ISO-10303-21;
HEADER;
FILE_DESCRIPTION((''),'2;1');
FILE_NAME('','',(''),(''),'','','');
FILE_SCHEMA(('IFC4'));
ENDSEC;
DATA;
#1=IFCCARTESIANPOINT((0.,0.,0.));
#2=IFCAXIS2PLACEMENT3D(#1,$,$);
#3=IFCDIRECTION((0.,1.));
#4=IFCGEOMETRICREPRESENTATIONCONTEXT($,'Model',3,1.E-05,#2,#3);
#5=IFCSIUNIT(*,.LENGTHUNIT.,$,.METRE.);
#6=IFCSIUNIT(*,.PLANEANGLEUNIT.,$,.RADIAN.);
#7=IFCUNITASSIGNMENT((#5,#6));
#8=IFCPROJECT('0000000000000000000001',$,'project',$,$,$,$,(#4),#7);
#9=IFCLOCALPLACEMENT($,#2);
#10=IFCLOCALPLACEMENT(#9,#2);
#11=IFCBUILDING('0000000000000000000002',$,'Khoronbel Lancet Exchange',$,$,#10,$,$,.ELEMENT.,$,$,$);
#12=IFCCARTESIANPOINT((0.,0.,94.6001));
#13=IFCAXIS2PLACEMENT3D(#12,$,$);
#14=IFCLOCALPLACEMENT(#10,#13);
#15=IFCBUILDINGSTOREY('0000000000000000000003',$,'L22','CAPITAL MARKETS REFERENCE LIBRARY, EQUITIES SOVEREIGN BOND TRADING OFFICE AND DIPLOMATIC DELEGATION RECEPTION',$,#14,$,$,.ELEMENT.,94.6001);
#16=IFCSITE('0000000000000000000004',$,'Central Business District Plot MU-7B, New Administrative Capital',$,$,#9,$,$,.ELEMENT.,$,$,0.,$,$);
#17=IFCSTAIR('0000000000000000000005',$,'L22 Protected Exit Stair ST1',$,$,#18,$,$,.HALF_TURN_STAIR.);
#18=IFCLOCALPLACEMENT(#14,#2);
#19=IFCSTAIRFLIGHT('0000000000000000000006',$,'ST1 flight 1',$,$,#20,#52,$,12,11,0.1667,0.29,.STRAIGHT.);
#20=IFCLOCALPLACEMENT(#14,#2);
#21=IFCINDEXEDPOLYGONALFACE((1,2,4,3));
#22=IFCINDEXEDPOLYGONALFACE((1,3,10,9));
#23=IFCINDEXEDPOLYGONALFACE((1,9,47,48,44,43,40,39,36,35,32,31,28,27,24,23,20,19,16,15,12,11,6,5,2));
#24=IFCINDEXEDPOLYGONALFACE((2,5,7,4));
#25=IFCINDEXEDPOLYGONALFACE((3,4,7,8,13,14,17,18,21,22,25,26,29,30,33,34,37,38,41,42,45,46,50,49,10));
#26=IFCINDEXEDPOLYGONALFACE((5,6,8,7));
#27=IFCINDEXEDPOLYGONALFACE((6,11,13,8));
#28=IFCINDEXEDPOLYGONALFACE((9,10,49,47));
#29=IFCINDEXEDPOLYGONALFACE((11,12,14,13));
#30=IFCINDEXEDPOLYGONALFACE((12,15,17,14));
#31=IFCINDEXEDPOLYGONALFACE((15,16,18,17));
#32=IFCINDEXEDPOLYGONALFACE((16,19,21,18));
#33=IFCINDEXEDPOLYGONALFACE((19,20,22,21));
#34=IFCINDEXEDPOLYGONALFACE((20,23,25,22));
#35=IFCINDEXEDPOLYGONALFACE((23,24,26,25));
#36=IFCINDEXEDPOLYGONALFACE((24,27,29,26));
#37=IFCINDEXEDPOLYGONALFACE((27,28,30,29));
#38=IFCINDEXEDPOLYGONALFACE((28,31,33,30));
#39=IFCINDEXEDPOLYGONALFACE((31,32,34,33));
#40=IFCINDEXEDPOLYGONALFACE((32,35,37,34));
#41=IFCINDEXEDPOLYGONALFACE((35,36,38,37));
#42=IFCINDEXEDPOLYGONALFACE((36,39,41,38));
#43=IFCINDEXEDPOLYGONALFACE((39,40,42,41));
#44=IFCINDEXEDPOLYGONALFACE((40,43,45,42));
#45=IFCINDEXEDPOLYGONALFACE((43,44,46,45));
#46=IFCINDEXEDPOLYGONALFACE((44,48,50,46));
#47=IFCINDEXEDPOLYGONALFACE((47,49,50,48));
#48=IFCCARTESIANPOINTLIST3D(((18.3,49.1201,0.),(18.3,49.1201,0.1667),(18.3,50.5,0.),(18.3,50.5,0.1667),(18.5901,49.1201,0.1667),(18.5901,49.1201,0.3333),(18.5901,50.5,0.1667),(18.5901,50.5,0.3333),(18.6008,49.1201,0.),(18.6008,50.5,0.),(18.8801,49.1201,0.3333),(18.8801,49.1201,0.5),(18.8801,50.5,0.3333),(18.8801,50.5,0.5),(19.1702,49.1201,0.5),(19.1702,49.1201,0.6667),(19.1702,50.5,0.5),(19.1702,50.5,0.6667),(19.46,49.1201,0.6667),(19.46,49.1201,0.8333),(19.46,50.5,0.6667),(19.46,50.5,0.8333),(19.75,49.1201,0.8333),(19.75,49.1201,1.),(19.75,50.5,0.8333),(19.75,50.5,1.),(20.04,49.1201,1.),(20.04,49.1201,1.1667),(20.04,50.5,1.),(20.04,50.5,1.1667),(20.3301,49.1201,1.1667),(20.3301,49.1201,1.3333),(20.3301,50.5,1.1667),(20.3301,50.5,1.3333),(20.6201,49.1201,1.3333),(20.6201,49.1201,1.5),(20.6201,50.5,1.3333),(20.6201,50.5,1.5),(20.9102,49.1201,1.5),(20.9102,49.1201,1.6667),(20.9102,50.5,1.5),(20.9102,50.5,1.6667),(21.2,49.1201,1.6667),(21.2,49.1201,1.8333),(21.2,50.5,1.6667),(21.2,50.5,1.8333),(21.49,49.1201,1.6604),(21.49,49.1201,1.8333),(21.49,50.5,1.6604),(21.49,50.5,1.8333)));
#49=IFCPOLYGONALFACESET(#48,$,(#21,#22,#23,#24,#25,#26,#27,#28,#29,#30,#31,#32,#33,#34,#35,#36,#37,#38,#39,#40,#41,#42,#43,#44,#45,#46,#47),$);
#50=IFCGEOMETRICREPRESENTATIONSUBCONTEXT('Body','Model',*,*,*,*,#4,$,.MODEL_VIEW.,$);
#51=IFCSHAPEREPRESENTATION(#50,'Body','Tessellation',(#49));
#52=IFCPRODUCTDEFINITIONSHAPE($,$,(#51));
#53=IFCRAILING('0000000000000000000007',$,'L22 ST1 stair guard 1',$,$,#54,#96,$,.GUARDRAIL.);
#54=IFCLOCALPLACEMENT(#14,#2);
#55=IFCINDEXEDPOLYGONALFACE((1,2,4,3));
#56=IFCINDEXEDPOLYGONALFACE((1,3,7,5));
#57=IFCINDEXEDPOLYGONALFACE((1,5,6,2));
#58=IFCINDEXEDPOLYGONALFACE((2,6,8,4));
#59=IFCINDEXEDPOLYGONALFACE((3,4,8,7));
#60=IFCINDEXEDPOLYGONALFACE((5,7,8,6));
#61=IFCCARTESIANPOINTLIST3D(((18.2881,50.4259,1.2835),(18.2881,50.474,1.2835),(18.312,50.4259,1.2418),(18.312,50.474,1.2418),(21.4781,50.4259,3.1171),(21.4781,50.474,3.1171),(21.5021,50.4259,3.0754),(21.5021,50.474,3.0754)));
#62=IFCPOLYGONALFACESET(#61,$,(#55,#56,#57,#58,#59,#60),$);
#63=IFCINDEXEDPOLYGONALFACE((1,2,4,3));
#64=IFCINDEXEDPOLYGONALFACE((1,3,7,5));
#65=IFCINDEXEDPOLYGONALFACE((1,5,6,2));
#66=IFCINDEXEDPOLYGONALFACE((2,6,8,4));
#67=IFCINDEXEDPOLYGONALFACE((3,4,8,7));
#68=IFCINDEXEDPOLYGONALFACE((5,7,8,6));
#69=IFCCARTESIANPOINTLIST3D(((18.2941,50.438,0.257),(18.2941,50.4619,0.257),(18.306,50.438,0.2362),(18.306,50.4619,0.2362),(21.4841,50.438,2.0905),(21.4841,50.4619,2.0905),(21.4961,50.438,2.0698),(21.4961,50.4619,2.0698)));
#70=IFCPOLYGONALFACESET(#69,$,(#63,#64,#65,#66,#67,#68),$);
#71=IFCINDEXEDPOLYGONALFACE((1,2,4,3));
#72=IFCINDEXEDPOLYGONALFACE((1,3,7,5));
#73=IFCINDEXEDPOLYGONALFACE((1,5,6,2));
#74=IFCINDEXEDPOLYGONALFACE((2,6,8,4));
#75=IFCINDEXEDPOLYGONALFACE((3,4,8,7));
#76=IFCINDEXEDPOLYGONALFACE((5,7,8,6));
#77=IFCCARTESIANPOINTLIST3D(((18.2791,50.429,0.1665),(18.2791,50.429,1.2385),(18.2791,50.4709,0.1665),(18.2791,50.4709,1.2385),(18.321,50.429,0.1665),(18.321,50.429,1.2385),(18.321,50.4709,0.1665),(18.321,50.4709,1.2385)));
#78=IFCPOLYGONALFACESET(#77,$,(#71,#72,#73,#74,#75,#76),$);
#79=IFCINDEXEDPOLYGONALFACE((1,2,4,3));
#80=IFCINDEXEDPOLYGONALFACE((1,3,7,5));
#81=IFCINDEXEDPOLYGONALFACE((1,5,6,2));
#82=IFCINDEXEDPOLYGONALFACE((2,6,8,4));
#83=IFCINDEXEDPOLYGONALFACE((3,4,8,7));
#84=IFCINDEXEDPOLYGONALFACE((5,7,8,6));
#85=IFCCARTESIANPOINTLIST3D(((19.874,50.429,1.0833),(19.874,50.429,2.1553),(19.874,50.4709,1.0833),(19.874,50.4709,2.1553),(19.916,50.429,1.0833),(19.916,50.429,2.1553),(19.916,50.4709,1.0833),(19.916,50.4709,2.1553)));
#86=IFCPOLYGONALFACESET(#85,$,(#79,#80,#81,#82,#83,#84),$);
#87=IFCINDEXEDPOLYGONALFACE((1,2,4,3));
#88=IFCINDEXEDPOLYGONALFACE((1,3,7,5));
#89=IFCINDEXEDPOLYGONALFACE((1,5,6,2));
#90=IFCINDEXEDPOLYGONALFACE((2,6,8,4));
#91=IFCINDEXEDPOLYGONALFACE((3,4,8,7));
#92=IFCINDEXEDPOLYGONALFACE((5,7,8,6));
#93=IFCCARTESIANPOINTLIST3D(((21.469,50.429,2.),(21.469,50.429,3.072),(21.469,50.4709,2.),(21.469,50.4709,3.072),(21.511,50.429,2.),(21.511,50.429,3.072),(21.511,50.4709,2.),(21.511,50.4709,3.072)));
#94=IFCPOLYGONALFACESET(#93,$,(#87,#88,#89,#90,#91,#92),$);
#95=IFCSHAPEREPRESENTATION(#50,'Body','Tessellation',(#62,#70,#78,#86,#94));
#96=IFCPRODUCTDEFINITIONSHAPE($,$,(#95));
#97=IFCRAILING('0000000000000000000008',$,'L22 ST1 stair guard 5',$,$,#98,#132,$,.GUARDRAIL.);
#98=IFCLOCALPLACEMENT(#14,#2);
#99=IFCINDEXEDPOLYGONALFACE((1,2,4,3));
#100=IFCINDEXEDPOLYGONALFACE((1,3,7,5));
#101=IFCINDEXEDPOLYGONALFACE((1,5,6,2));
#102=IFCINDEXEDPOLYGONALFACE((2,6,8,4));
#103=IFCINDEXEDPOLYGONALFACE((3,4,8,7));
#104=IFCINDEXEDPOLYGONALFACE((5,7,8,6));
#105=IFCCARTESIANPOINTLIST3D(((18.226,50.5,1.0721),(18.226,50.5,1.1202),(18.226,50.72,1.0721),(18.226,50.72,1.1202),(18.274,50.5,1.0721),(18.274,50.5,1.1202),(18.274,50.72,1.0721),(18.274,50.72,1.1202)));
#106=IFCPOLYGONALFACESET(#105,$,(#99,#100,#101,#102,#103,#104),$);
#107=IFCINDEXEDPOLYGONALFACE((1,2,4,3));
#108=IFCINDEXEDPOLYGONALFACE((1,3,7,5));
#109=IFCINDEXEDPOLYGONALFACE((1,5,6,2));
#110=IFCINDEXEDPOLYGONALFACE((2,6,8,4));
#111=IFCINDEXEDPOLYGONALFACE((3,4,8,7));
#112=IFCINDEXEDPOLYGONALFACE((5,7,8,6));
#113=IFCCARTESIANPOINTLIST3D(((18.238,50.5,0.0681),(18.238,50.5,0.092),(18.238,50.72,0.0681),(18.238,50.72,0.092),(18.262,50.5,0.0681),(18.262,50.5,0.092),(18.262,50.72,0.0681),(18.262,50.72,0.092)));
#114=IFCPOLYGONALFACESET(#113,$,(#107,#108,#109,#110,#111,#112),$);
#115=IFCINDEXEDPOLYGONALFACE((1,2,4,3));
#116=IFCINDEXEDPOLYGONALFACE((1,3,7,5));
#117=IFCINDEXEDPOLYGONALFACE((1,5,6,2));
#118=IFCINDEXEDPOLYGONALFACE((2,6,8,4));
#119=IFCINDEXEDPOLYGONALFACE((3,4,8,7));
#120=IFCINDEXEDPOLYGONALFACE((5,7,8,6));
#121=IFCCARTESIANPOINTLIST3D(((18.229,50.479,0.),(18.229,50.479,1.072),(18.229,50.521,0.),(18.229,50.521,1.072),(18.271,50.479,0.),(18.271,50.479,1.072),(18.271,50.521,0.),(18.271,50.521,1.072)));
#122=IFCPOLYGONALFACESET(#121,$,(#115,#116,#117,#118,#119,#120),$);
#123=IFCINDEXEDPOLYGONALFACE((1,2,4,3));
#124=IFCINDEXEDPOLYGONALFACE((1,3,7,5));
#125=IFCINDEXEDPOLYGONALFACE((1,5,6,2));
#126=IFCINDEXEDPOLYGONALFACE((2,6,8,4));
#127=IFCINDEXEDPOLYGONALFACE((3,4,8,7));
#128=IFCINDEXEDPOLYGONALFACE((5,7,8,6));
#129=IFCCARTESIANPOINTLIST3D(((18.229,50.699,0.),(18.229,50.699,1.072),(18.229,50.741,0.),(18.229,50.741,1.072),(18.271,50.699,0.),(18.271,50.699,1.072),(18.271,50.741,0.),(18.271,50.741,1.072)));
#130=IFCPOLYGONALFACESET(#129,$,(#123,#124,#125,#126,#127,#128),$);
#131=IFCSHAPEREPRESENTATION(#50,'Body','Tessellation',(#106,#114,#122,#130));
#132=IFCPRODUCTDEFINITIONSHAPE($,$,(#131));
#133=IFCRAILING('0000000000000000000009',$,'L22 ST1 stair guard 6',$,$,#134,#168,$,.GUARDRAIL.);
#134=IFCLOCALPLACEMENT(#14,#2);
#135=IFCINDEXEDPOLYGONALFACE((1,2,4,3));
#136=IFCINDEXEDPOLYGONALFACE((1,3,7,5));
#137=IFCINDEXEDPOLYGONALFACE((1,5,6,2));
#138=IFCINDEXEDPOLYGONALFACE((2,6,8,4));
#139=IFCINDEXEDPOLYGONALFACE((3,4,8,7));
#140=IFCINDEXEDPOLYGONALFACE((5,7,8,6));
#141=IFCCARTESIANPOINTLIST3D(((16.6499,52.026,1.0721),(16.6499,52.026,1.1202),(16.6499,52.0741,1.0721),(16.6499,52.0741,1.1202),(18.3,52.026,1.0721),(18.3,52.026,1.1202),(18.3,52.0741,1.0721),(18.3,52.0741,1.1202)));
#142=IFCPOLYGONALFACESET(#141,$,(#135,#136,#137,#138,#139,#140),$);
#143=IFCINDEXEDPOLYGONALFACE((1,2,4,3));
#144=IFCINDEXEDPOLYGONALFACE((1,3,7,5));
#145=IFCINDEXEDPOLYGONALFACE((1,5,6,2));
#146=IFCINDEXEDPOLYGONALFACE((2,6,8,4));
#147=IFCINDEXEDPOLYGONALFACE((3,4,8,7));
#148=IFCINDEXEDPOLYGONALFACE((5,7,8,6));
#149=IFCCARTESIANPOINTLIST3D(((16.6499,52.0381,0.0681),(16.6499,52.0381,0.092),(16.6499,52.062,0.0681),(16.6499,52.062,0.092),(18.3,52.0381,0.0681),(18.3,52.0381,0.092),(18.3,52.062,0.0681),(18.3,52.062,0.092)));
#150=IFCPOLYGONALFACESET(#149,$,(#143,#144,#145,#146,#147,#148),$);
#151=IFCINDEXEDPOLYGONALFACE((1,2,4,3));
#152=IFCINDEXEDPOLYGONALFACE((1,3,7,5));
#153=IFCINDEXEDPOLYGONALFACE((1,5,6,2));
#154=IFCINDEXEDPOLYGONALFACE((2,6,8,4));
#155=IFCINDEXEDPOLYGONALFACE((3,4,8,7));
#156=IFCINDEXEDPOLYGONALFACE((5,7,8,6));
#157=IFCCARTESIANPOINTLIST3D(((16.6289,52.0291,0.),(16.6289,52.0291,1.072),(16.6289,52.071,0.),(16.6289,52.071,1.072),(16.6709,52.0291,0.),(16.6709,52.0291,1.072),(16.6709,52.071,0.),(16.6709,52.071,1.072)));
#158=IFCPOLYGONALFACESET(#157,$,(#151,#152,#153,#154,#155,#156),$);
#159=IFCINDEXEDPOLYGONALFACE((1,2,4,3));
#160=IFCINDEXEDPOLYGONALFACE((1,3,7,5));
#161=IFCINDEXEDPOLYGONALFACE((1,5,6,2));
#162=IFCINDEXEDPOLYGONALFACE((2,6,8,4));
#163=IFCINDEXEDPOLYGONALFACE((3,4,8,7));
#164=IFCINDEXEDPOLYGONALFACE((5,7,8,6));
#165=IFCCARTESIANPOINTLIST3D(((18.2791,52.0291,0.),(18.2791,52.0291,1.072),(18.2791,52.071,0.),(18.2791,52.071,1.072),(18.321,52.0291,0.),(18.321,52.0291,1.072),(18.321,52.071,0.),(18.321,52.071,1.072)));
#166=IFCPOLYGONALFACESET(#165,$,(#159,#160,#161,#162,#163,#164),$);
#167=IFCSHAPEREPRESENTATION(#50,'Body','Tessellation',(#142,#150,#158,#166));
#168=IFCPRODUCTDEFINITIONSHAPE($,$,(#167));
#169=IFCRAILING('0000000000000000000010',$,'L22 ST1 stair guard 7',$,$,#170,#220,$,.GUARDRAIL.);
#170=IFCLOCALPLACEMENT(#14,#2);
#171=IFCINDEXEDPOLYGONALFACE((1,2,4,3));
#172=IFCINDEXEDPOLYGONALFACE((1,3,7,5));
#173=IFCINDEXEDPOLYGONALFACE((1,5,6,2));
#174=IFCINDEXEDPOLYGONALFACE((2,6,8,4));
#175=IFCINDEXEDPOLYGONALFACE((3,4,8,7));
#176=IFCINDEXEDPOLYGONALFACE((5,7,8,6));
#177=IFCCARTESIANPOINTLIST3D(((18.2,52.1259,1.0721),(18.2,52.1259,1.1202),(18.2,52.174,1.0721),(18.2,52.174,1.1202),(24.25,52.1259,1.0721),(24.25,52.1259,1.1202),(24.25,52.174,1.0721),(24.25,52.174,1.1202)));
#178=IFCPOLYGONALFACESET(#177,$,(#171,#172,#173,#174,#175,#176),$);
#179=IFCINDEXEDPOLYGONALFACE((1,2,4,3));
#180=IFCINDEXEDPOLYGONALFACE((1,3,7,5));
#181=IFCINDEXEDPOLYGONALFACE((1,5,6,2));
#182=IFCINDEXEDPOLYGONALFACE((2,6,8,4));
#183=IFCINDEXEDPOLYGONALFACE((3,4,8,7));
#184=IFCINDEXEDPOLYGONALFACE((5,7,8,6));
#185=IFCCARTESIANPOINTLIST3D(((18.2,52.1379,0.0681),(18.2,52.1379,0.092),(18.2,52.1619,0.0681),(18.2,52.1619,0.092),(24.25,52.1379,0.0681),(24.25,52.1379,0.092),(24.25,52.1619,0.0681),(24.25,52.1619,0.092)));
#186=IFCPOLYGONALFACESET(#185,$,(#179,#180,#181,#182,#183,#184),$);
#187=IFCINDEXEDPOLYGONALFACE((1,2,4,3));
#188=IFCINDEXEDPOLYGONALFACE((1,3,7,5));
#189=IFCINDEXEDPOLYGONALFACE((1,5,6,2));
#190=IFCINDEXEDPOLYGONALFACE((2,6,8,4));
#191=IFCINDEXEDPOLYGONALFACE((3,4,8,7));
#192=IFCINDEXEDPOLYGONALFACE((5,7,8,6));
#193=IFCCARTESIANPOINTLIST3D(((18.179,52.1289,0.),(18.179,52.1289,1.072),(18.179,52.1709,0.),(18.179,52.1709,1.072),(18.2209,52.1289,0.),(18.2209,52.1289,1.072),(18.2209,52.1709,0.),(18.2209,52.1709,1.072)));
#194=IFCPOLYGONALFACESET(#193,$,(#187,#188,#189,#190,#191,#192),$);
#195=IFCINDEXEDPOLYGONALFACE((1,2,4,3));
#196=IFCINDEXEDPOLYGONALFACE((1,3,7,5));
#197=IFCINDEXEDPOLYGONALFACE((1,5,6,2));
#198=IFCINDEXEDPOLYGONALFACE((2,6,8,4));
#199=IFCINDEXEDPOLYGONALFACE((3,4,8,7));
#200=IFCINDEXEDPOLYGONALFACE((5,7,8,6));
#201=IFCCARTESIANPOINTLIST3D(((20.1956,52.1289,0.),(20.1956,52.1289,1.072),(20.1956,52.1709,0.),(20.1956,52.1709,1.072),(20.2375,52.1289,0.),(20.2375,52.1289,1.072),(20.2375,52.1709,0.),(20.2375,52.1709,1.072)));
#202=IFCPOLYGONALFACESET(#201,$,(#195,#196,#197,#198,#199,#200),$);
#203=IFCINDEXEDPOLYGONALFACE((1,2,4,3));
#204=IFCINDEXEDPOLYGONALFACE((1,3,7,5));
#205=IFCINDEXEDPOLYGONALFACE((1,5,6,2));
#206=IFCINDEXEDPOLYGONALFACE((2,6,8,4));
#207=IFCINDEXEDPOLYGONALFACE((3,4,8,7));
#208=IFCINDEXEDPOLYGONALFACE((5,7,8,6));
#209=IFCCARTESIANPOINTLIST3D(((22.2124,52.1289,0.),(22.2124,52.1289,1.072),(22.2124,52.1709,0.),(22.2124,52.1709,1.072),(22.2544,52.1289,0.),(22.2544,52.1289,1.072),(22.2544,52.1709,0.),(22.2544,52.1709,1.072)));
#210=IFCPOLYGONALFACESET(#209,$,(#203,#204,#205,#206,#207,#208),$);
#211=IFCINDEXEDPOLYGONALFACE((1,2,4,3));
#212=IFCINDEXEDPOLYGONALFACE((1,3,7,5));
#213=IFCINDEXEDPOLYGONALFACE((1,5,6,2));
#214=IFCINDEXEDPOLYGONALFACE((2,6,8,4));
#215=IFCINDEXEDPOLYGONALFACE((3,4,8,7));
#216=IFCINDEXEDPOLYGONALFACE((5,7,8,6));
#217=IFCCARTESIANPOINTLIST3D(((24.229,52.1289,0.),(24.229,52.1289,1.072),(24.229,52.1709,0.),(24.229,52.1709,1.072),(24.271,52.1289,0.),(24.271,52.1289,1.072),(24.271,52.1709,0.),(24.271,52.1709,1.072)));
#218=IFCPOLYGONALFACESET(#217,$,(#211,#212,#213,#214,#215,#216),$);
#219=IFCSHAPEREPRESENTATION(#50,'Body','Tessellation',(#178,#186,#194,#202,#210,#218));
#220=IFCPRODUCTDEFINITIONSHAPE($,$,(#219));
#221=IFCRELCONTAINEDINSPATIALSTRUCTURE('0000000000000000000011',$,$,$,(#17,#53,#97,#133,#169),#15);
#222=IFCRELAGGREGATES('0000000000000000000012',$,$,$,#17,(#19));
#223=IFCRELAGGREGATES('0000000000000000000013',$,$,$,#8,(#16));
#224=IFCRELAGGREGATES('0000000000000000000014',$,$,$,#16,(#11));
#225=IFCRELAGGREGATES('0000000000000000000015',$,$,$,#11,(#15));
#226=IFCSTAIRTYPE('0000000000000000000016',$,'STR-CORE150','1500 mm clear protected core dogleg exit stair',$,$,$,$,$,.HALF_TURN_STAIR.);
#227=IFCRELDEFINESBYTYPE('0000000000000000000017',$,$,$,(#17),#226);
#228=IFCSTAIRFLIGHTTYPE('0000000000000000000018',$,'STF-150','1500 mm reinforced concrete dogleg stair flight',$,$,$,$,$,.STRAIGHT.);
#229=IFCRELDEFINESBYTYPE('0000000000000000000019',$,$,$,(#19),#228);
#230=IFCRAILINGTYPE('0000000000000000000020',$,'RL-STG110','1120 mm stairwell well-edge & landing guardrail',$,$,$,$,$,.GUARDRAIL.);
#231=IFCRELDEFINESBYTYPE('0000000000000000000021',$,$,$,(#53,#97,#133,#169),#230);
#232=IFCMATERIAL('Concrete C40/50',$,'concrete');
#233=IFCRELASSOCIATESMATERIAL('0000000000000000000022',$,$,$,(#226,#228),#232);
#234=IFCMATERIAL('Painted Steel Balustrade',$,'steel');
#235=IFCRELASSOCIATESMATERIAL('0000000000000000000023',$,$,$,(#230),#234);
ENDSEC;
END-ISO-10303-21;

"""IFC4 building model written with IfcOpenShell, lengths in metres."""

from ifc_helpers import new_model, si_unit, direction, frame, origin, origin_2d, place, context, subcontext, project, spatial, polyline, rectangle, outline, extrude, material, type_object, element, aggregate, save


model = new_model("IFC4")

# Units and contexts
model_context = context("Model", 3, precision=1e-05, world=origin(), true_north=direction((0.0, 1.0)))
body_context = subcontext(model_context, "Body", "Model", "MODEL_VIEW")
ifc_project = project(units=[si_unit("LENGTHUNIT", "METRE"), si_unit("PLANEANGLEUNIT", "RADIAN")], contexts=[model_context])

# Site, building, storey
site_placement = place(None, origin())
site = spatial("IfcSite", under=ifc_project, at=site_placement, Name="Central Business District Plot MU-7B, New Administrative Capital", CompositionType="ELEMENT", RefElevation=0.0)
building_placement = place(site_placement, origin())
building = spatial("IfcBuilding", under=site, at=building_placement, Name="Khoronbel Lancet Exchange", CompositionType="ELEMENT")
storey_placement = place(building_placement, frame((0.0, 0.0, 94.6001)))
storey = spatial("IfcBuildingStorey", under=building, at=storey_placement, Name="L22", Description="CAPITAL MARKETS REFERENCE LIBRARY, EQUITIES SOVEREIGN BOND TRADING OFFICE AND DIPLOMATIC DELEGATION RECEPTION", CompositionType="ELEMENT", Elevation=94.6001)

# Stair, stair flight
ifc_material_1 = material(Name="Concrete C40/50", Category="concrete")
stair_type = type_object("IfcStairType", Name="STR-CORE150", Description="1500 mm clear protected core dogleg exit stair", PredefinedType="HALF_TURN_STAIR", material=ifc_material_1)
stair_placement = place(storey_placement, origin())
stair = element("IfcStair", 1, at=stair_placement, inside=storey, type_object=stair_type, Name="L22 Protected Exit Stair ST1", PredefinedType="HALF_TURN_STAIR")
stair_flight_type = type_object("IfcStairFlightType", Name="STF-150", Description="1500 mm reinforced concrete dogleg stair flight", PredefinedType="STRAIGHT", material=ifc_material_1)
stair_flight_placement = place(storey_placement, frame((18.3, 49.8101, 0.0), z_axis=(0.0, 0.0, 1.0), x_axis=(1.0, 0.0, 0.0)))
stair_flight = element("IfcStairFlight", 2, at=stair_flight_placement, type_object=stair_flight_type, Name="ST1 flight 1", NumberOfRisers=12, NumberOfTreads=11, PredefinedType="STRAIGHT", RiserHeight=0.1667, TreadLength=0.29, context=body_context, shape_type="SweptSolid", body=[
    extrude(outline(polyline([(0.0, 0.0), (0.0, 0.1667), (0.29, 0.1667), (0.29, 0.3333), (0.5801, 0.3333), (0.5801, 0.5), (0.8701, 0.5), (0.8701, 0.6667), (1.1599, 0.6667), (1.1599, 0.8333), (1.45, 0.8333), (1.45, 1.0), (1.74, 1.0), (1.74, 1.1667), (2.03, 1.1667), (2.03, 1.3333), (2.3201, 1.3333), (2.3201, 1.5), (2.6101, 1.5), (2.6101, 1.6667), (2.8999, 1.6667), (2.8999, 1.8333), (3.1899, 1.8333), (3.1899, 2.0), (3.1899, 1.6604), (0.3008, 0.0), (0.0, 0.0)])), frame((0.0, 0.6899, 0.0), z_axis=(0.0, -1.0, 0.0), x_axis=(1.0, 0.0, 0.0)), (0.0, 0.0, 1.0), 1.3799),
])
aggregate(stair, [stair_flight])

# Railings
ifc_material_2 = material(Name="Painted Steel Balustrade", Category="steel")
railing_type_1 = type_object("IfcRailingType", Name="RL-STG110", Description="1120 mm stairwell well-edge & landing guardrail", PredefinedType="GUARDRAIL", material=ifc_material_2)
railing_1_placement = place(storey_placement, frame((18.3, 50.45, 0.1665)))
element("IfcRailing", 3, at=railing_1_placement, inside=storey, type_object=railing_type_1, Name="L22 ST1 stair guard 1", PredefinedType="GUARDRAIL", context=body_context, shape_type="SweptSolid", body=[
    extrude(rectangle(XDim=0.0481, YDim=0.0481, at=origin_2d()), frame((0.0, 0.0, 1.0962), z_axis=(0.866991, 0.0, 0.498324), x_axis=(0.0, 1.0, 0.0)), (0.0, 0.0, 1.0), 3.6794),
    extrude(rectangle(XDim=0.0239, YDim=0.0239, at=origin_2d()), frame((0.0, 0.0, 0.0801), z_axis=(0.866991, 0.0, 0.498324), x_axis=(0.0, 1.0, 0.0)), (0.0, 0.0, 1.0), 3.6794),
    extrude(rectangle(XDim=0.042, YDim=0.042, at=origin_2d()), origin(), (0.0, 0.0, 1.0), 1.072),
    extrude(rectangle(XDim=0.042, YDim=0.042, at=origin_2d()), frame((1.595, 0.0, 0.9167)), (0.0, 0.0, 1.0), 1.072),
    extrude(rectangle(XDim=0.042, YDim=0.042, at=origin_2d()), frame((3.1899, 0.0, 1.8335)), (0.0, 0.0, 1.0), 1.072),
])
railing_2_placement = place(storey_placement, frame((18.25, 50.5, 0.0)))
element("IfcRailing", 4, at=railing_2_placement, inside=storey, type_object=railing_type_1, Name="L22 ST1 stair guard 5", PredefinedType="GUARDRAIL", context=body_context, shape_type="SweptSolid", body=[
    extrude(rectangle(XDim=0.0481, YDim=0.0481, at=origin_2d()), frame((0.0, 0.0, 1.0962), z_axis=(0.0, 1.0, 0.0), x_axis=(-1.0, 0.0, 0.0)), (0.0, 0.0, 1.0), 0.22),
    extrude(rectangle(XDim=0.0239, YDim=0.0239, at=origin_2d()), frame((0.0, 0.0, 0.0801), z_axis=(0.0, 1.0, 0.0), x_axis=(-1.0, 0.0, 0.0)), (0.0, 0.0, 1.0), 0.22),
    extrude(rectangle(XDim=0.042, YDim=0.042, at=origin_2d()), origin(), (0.0, 0.0, 1.0), 1.072),
    extrude(rectangle(XDim=0.042, YDim=0.042, at=origin_2d()), frame((0.0, 0.22, 0.0)), (0.0, 0.0, 1.0), 1.072),
])
railing_3_placement = place(storey_placement, frame((16.6499, 52.05, 0.0)))
element("IfcRailing", 5, at=railing_3_placement, inside=storey, type_object=railing_type_1, Name="L22 ST1 stair guard 6", PredefinedType="GUARDRAIL", context=body_context, shape_type="SweptSolid", body=[
    extrude(rectangle(XDim=0.0481, YDim=0.0481, at=origin_2d()), frame((0.0, 0.0, 1.0962), z_axis=(1.0, 0.0, 0.0), x_axis=(0.0, 1.0, 0.0)), (0.0, 0.0, 1.0), 1.6501),
    extrude(rectangle(XDim=0.0239, YDim=0.0239, at=origin_2d()), frame((0.0, 0.0, 0.0801), z_axis=(1.0, 0.0, 0.0), x_axis=(0.0, 1.0, 0.0)), (0.0, 0.0, 1.0), 1.6501),
    extrude(rectangle(XDim=0.042, YDim=0.042, at=origin_2d()), origin(), (0.0, 0.0, 1.0), 1.072),
    extrude(rectangle(XDim=0.042, YDim=0.042, at=origin_2d()), frame((1.6501, 0.0, 0.0)), (0.0, 0.0, 1.0), 1.072),
])
railing_4_placement = place(storey_placement, frame((18.2, 52.1499, 0.0)))
element("IfcRailing", 6, at=railing_4_placement, inside=storey, type_object=railing_type_1, Name="L22 ST1 stair guard 7", PredefinedType="GUARDRAIL", context=body_context, shape_type="SweptSolid", body=[
    extrude(rectangle(XDim=0.0481, YDim=0.0481, at=origin_2d()), frame((0.0, 0.0, 1.0962), z_axis=(1.0, 0.0, 0.0), x_axis=(0.0, 1.0, 0.0)), (0.0, 0.0, 1.0), 6.05),
    extrude(rectangle(XDim=0.0239, YDim=0.0239, at=origin_2d()), frame((0.0, 0.0, 0.0801), z_axis=(1.0, 0.0, 0.0), x_axis=(0.0, 1.0, 0.0)), (0.0, 0.0, 1.0), 6.05),
    extrude(rectangle(XDim=0.042, YDim=0.042, at=origin_2d()), origin(), (0.0, 0.0, 1.0), 1.072),
    extrude(rectangle(XDim=0.042, YDim=0.042, at=origin_2d()), frame((2.0166, 0.0, 0.0)), (0.0, 0.0, 1.0), 1.072),
    extrude(rectangle(XDim=0.042, YDim=0.042, at=origin_2d()), frame((4.0334, 0.0, 0.0)), (0.0, 0.0, 1.0), 1.072),
    extrude(rectangle(XDim=0.042, YDim=0.042, at=origin_2d()), frame((6.05, 0.0, 0.0)), (0.0, 0.0, 1.0), 1.072),
])

save(model, "model.ifc")
